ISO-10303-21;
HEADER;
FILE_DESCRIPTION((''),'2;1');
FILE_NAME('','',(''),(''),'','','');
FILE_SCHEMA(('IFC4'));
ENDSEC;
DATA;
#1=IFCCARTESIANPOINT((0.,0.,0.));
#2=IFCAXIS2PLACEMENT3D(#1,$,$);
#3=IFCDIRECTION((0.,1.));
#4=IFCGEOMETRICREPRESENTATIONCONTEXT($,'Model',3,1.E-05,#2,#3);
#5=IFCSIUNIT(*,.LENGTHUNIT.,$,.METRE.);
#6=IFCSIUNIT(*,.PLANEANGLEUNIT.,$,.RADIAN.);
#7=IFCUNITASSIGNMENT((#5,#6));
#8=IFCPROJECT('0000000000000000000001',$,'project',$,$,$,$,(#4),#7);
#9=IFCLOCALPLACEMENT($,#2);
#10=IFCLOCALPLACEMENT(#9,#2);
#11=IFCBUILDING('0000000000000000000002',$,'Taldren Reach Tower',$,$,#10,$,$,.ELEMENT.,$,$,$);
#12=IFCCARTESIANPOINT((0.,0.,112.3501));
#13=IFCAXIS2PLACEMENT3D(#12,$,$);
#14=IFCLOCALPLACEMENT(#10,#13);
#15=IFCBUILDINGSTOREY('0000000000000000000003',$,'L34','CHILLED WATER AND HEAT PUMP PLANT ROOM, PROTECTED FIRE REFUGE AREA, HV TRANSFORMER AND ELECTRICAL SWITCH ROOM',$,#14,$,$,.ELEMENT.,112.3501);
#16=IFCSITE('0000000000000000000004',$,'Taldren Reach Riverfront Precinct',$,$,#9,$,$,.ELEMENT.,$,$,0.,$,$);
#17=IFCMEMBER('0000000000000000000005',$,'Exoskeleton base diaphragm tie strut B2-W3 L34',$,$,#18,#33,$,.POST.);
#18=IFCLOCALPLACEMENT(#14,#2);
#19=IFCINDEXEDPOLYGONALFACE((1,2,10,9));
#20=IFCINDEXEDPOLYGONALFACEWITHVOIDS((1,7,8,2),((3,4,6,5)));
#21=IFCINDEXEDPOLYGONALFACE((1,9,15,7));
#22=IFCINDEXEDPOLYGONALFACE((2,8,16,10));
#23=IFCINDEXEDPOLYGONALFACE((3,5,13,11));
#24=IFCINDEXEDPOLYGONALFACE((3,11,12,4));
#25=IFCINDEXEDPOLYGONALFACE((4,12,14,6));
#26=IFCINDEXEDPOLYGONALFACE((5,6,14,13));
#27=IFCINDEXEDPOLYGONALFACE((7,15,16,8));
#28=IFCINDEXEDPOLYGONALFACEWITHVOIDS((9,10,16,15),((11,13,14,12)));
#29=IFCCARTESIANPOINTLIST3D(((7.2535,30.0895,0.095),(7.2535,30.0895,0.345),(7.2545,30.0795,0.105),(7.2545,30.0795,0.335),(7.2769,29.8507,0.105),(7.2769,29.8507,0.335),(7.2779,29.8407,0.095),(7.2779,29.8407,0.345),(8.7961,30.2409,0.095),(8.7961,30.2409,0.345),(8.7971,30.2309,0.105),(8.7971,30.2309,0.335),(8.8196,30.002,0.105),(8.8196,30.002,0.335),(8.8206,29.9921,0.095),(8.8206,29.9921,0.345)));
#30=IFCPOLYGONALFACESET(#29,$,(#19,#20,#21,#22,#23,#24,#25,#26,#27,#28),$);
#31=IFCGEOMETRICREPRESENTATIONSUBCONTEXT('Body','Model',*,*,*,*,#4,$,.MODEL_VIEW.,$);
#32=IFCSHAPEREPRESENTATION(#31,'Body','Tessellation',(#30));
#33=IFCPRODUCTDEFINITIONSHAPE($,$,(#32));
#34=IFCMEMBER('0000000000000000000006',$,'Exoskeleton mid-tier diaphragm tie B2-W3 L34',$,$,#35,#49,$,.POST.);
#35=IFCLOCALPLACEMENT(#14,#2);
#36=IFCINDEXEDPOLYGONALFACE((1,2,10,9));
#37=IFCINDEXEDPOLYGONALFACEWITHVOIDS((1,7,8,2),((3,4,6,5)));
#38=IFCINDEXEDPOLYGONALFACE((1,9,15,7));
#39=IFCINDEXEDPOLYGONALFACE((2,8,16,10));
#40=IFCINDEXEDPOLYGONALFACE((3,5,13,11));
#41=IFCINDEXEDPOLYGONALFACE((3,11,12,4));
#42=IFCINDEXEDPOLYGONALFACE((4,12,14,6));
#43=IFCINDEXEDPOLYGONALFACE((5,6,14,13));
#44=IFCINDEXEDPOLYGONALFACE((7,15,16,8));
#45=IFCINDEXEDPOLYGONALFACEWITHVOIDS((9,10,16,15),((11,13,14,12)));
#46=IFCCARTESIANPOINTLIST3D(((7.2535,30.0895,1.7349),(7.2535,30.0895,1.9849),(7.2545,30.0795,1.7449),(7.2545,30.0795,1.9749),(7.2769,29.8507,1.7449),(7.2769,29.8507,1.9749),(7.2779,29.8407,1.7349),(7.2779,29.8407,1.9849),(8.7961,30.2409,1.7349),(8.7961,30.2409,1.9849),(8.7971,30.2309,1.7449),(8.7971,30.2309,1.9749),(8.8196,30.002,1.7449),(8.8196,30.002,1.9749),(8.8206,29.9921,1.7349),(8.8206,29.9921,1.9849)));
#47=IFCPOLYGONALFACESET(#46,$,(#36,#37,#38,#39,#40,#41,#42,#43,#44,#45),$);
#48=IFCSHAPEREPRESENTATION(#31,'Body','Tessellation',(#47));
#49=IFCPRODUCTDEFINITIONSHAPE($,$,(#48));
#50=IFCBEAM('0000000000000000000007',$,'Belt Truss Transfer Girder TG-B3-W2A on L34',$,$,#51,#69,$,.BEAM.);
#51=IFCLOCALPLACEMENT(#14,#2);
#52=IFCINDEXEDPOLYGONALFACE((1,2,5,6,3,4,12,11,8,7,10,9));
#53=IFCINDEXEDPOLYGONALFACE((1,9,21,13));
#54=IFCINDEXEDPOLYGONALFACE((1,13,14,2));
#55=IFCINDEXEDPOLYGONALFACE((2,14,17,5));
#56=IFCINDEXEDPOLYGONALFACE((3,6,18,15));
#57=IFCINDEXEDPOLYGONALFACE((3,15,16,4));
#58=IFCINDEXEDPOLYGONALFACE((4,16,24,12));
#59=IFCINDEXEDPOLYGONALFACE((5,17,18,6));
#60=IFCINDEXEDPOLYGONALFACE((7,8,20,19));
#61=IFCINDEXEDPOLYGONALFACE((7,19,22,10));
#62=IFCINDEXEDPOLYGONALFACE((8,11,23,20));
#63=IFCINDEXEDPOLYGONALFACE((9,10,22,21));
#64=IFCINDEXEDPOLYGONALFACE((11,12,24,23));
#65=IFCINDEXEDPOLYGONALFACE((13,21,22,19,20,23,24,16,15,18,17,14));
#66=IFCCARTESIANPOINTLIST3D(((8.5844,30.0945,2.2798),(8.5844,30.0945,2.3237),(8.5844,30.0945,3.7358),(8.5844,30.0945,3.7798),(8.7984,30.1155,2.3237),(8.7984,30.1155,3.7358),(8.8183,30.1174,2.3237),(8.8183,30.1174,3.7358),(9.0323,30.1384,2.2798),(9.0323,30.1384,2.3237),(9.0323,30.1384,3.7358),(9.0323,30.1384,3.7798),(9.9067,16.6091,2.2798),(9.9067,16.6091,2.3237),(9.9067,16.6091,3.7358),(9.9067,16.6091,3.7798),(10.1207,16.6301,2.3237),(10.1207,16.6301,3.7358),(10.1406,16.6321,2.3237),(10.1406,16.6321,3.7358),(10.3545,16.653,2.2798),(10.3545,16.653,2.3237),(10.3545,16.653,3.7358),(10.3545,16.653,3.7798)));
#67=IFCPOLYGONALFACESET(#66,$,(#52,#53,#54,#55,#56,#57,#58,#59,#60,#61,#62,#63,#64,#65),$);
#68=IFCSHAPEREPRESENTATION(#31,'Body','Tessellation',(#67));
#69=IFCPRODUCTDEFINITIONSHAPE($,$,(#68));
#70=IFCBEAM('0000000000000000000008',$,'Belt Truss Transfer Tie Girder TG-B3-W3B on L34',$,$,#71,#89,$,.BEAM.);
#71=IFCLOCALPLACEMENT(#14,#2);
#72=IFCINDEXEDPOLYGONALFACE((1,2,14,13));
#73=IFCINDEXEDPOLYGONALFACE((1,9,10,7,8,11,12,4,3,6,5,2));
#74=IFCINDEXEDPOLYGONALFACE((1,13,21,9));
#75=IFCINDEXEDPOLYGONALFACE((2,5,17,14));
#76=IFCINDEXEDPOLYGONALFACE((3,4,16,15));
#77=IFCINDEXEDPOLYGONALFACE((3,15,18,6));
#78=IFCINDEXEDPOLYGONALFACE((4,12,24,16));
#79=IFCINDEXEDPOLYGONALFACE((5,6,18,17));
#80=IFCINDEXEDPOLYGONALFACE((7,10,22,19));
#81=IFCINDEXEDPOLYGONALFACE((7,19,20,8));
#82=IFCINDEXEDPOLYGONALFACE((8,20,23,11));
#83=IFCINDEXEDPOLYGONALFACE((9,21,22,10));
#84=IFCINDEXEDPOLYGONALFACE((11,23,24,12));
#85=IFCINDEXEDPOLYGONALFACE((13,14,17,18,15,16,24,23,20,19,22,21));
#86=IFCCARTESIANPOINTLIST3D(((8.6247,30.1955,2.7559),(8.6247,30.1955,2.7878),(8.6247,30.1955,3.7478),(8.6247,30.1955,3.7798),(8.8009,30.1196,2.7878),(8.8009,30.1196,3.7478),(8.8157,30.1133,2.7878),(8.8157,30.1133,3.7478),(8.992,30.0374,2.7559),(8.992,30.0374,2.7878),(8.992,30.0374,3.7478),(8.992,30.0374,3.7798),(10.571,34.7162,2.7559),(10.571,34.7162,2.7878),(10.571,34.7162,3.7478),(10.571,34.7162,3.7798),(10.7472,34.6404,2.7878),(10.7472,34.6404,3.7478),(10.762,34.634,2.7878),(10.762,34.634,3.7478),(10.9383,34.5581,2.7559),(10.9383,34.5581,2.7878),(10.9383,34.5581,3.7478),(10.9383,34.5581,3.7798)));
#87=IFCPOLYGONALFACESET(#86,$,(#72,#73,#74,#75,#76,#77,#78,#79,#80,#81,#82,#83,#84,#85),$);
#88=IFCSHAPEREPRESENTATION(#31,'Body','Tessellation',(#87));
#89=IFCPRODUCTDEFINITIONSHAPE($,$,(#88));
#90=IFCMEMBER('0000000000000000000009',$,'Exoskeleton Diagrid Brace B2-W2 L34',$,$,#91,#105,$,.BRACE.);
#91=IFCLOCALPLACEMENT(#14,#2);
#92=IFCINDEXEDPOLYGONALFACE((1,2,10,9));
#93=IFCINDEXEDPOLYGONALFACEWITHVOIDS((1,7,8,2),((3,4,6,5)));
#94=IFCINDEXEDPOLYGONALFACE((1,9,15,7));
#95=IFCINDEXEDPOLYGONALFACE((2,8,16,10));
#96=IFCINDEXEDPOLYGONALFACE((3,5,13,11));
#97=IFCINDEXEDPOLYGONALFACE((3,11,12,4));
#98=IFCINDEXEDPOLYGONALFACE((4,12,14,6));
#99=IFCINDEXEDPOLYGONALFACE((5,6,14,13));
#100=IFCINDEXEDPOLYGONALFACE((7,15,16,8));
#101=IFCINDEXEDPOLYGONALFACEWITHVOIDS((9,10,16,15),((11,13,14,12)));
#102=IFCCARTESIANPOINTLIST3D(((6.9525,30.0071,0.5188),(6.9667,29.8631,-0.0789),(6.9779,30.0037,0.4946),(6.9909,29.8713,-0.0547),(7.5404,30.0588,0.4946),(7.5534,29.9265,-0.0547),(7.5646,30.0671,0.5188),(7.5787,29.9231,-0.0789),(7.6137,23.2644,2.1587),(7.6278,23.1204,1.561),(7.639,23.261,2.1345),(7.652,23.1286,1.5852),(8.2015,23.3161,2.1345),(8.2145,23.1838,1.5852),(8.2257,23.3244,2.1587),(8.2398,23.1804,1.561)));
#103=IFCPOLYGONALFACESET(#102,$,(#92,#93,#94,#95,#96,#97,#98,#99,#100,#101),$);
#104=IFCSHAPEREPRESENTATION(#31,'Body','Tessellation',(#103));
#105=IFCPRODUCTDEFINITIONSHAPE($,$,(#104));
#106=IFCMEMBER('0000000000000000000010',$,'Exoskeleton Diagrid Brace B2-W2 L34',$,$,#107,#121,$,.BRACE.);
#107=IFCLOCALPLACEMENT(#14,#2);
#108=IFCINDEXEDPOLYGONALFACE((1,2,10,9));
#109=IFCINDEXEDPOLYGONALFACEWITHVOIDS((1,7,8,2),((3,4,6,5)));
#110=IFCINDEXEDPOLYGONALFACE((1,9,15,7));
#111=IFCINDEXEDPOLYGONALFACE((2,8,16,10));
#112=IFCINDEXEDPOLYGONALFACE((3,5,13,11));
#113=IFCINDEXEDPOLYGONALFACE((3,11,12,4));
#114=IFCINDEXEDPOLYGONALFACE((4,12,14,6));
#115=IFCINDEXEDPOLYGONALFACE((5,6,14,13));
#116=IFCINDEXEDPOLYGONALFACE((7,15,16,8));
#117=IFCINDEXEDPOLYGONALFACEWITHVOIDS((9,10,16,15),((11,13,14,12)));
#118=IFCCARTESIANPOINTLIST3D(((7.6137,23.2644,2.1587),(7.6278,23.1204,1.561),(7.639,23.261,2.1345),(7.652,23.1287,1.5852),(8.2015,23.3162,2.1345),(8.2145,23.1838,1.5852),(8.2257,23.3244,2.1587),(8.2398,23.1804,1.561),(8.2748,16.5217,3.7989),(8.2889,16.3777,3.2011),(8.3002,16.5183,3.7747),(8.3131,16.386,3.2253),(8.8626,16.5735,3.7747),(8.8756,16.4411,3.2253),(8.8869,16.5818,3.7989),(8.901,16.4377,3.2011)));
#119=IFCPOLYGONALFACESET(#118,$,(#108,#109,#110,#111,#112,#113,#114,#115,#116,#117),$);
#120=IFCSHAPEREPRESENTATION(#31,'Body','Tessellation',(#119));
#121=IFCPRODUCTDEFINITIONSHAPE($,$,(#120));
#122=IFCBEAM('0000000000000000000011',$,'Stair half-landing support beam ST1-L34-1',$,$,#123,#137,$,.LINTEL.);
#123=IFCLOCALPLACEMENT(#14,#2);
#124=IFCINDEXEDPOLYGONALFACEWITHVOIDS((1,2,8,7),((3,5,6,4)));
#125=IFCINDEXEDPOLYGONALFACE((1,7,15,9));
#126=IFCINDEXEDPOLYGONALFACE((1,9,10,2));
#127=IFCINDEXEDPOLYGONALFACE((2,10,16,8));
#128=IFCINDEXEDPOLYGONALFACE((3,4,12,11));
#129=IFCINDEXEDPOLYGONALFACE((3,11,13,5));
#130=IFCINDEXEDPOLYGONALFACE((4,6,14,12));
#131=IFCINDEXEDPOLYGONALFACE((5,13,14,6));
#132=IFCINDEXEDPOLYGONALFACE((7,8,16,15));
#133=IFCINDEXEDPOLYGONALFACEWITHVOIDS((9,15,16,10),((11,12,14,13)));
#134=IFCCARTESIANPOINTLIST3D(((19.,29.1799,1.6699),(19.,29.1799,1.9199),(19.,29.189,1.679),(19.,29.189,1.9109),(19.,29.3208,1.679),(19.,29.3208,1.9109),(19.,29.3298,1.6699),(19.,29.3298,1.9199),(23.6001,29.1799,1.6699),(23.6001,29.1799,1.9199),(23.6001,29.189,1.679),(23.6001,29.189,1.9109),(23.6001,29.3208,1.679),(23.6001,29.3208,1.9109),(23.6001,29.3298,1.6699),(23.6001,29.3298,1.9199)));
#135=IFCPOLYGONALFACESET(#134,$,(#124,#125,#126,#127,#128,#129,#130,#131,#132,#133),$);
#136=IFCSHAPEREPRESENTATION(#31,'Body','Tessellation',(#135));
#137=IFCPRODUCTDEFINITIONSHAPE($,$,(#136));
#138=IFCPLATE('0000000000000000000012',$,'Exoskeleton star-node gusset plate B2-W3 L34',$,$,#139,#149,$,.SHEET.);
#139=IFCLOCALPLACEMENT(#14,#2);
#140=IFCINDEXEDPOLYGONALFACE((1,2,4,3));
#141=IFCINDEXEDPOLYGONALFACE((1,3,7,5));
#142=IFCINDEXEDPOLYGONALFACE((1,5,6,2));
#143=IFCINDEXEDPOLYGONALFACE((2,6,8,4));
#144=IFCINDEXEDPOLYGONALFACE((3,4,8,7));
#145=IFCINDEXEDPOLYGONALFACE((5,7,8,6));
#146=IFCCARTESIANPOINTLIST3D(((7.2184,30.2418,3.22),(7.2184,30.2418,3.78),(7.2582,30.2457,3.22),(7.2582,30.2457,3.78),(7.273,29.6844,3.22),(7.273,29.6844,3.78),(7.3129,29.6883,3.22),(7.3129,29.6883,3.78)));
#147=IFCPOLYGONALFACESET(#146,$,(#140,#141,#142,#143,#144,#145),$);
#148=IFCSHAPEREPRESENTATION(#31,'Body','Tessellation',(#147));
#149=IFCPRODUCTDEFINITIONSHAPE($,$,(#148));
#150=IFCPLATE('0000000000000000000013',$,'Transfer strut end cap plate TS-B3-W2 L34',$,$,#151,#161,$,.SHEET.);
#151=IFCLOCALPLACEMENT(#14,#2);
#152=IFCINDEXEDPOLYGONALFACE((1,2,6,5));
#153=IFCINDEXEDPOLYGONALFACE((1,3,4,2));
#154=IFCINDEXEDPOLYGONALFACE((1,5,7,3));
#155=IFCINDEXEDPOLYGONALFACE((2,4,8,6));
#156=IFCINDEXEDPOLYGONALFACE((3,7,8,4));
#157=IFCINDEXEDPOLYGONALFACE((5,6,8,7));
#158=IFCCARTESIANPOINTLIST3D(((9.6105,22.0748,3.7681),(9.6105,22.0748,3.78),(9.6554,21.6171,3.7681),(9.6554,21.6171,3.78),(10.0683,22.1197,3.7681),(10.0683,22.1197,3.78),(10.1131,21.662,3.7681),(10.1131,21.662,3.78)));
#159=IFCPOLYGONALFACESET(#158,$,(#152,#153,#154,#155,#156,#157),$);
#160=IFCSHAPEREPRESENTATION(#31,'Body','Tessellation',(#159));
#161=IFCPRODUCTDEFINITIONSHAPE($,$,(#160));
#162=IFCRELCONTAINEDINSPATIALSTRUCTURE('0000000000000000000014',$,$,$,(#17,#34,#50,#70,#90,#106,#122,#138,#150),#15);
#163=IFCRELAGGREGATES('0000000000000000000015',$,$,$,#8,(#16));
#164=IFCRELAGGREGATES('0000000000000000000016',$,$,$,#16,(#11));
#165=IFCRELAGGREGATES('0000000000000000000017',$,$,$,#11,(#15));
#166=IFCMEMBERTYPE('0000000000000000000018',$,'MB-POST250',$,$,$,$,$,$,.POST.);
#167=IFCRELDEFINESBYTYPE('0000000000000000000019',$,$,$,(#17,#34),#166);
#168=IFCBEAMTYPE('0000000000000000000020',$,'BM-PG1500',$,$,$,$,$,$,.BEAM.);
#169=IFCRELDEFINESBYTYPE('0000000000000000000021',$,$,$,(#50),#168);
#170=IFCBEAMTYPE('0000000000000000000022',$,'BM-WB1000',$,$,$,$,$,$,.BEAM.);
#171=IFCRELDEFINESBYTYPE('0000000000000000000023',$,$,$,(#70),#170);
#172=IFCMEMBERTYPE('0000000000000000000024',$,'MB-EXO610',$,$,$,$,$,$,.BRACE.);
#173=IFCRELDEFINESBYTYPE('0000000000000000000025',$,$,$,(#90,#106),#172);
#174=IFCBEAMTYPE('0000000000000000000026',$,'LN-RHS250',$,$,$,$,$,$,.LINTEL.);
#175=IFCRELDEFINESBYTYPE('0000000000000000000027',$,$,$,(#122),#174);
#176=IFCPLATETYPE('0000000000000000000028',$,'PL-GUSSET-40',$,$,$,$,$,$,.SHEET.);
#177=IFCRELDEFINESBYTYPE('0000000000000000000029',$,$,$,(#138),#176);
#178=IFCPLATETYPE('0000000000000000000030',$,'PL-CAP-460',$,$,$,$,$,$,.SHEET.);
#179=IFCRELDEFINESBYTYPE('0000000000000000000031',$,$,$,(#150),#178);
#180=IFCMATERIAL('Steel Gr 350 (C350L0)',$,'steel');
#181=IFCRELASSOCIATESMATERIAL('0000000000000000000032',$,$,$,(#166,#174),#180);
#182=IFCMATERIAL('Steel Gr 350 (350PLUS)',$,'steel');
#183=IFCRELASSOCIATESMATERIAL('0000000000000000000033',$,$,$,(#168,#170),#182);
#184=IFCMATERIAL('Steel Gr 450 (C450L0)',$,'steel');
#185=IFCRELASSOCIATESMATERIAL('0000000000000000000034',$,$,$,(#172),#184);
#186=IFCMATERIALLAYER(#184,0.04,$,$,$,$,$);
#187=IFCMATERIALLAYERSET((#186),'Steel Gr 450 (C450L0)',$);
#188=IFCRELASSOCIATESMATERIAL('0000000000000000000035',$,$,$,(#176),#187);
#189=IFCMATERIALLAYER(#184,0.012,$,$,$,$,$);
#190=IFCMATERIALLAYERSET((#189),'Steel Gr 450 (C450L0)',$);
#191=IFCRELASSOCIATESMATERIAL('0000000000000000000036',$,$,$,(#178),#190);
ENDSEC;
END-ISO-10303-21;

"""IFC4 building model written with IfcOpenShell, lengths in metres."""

from ifc_helpers import new_model, si_unit, direction, frame, origin, origin_2d, place, context, subcontext, project, spatial, rectangle, hollow_rectangle, i_section, extrude, source, transform, mapped, material, layer, layer_set, material_profile, profile_set, type_object, element, save


model = new_model("IFC4")

# Units and contexts
model_context = context("Model", 3, precision=1e-05, world=origin(), true_north=direction((0.0, 1.0)))
body_context = subcontext(model_context, "Body", "Model", "MODEL_VIEW")
ifc_project = project(units=[si_unit("LENGTHUNIT", "METRE"), si_unit("PLANEANGLEUNIT", "RADIAN")], contexts=[model_context])

# Site, building, storey
site_placement = place(None, origin())
site = spatial("IfcSite", under=ifc_project, at=site_placement, Name="Taldren Reach Riverfront Precinct", CompositionType="ELEMENT", RefElevation=0.0)
building_placement = place(site_placement, origin())
building = spatial("IfcBuilding", under=site, at=building_placement, Name="Taldren Reach Tower", CompositionType="ELEMENT")
storey_placement = place(building_placement, frame((0.0, 0.0, 112.3501)))
storey = spatial("IfcBuildingStorey", under=building, at=storey_placement, Name="L34", Description="CHILLED WATER AND HEAT PUMP PLANT ROOM, PROTECTED FIRE REFUGE AREA, HV TRANSFORMER AND ELECTRICAL SWITCH ROOM", CompositionType="ELEMENT", Elevation=112.3501)

# Shared definitions
ifc_material_1 = material(Name="Steel Gr 350 (350PLUS)", Category="steel")

# Members
ifc_material_2 = material(Name="Steel Gr 350 (C350L0)", Category="steel")
ifc_material_profile_1 = material_profile(ifc_material_2, hollow_rectangle(XDim=0.25, YDim=0.25, WallThickness=0.01, at=origin_2d()), Name="250x250x10.0SHS")
ifc_profile_set_1 = profile_set([ifc_material_profile_1], Name="Steel Gr 350 (C350L0)")
member_type_1 = type_object("IfcMemberType", Name="MB-POST250", PredefinedType="POST", material=ifc_profile_set_1)
ifc_material_3 = material(Name="Steel Gr 450 (C450L0)", Category="steel")
shared_shape_1 = source(origin(), body_context, "Body", "SweptSolid", [
    extrude(hollow_rectangle(XDim=0.25, YDim=0.25, WallThickness=0.01, at=origin_2d()), origin(), (0.0, 0.0, 1.0), 1.55),
])
for number, where, z_axis, x_axis, name in (
    (1, (8.8083, 30.1165, 0.22), (-0.995221, -0.097648, 0.0), (0.097648, -0.995221, 0.0), "Exoskeleton base diaphragm tie strut B2-W3 L34"),
    (2, (8.8083, 30.1165, 1.8599), (-0.995221, -0.097648, 0.0), (0.097648, -0.995221, 0.0), "Exoskeleton mid-tier diaphragm tie B2-W3 L34"),
):
    element("IfcMember", number, at=place(storey_placement, frame(where, z_axis=z_axis, x_axis=x_axis)), inside=storey, type_object=member_type_1, Name=name, PredefinedType="POST", context=body_context, shape_type="MappedRepresentation", body=[
        mapped(shared_shape_1, transform((0.0, 0.0, 0.0), scale=1.0)),
    ])

# Beams
ifc_material_profile_2 = material_profile(ifc_material_1, i_section(OverallWidth=0.45, OverallDepth=1.5, WebThickness=0.02, FlangeThickness=0.0439, at=origin_2d()), Name="1500WB550")
ifc_profile_set_2 = profile_set([ifc_material_profile_2], Name="Steel Gr 350 (350PLUS)")
beam_type_1 = type_object("IfcBeamType", Name="BM-PG1500", PredefinedType="BEAM", material=ifc_profile_set_2)
shared_shape_2 = source(origin(), body_context, "Body", "SweptSolid", [
    extrude(i_section(OverallWidth=0.45, OverallDepth=1.5, WebThickness=0.02, FlangeThickness=0.0439, at=origin_2d()), origin(), (0.0, 0.0, 1.0), 13.55),
])
beam_1_placement = place(storey_placement, frame((8.8083, 30.1165, 3.0298), z_axis=(0.097584, -0.995227, 0.0), x_axis=(0.995227, 0.097584, 0.0)))
element("IfcBeam", 3, at=beam_1_placement, inside=storey, type_object=beam_type_1, Name="Belt Truss Transfer Girder TG-B3-W2A on L34", PredefinedType="BEAM", context=body_context, shape_type="MappedRepresentation", body=[
    mapped(shared_shape_2, transform((0.0, 0.0, 0.0), scale=1.0)),
])
ifc_material_profile_3 = material_profile(ifc_material_1, i_section(OverallWidth=0.3999, OverallDepth=1.0239, WebThickness=0.0161, FlangeThickness=0.032, at=origin_2d()), Name="1000WB322")
ifc_profile_set_3 = profile_set([ifc_material_profile_3], Name="Steel Gr 350 (350PLUS)")
beam_type_2 = type_object("IfcBeamType", Name="BM-WB1000", PredefinedType="BEAM", material=ifc_profile_set_3)
shared_shape_3 = source(origin(), body_context, "Body", "SweptSolid", [
    extrude(i_section(OverallWidth=0.3999, OverallDepth=1.0239, WebThickness=0.0161, FlangeThickness=0.032, at=origin_2d()), origin(), (0.0, 0.0, 1.0), 4.9219),
])
beam_2_placement = place(storey_placement, frame((8.8083, 30.1165, 3.2678), z_axis=(0.395433, 0.918495, 0.0), x_axis=(-0.918495, 0.395433, 0.0)))
element("IfcBeam", 4, at=beam_2_placement, inside=storey, type_object=beam_type_2, Name="Belt Truss Transfer Tie Girder TG-B3-W3B on L34", PredefinedType="BEAM", context=body_context, shape_type="MappedRepresentation", body=[
    mapped(shared_shape_3, transform((0.0, 0.0, 0.0), scale=1.0)),
])

# Members
ifc_material_profile_4 = material_profile(ifc_material_3, hollow_rectangle(XDim=0.615, YDim=0.615, WallThickness=0.0249, at=origin_2d()), Name="615x615x25.0SHS")
ifc_profile_set_4 = profile_set([ifc_material_profile_4], Name="Steel Gr 450 (C450L0)")
member_type_2 = type_object("IfcMemberType", Name="MB-EXO610", PredefinedType="BRACE", material=ifc_profile_set_4)
shared_shape_4 = source(origin(), body_context, "Body", "SweptSolid", [
    extrude(hollow_rectangle(XDim=0.615, YDim=0.615, WallThickness=0.0249, at=origin_2d()), origin(), (0.0, 0.0, 1.0), 6.9707),
])
for number, where, z_axis, x_axis, name in (
    (5, (7.2656, 29.9651, 0.22), (0.094845, -0.967295, 0.235257), (0.995227, 0.097584, 0.0), "Exoskeleton Diagrid Brace B2-W2 L34"),
    (6, (7.9268, 23.2224, 1.8599), (0.094844, -0.967287, 0.23529), (0.995227, 0.097584, 0.0), "Exoskeleton Diagrid Brace B2-W2 L34"),
):
    element("IfcMember", number, at=place(storey_placement, frame(where, z_axis=z_axis, x_axis=x_axis)), inside=storey, type_object=member_type_2, Name=name, PredefinedType="BRACE", context=body_context, shape_type="MappedRepresentation", body=[
        mapped(shared_shape_4, transform((0.0, 0.0, 0.0), scale=1.0)),
    ])

# Beam
ifc_material_profile_5 = material_profile(ifc_material_2, hollow_rectangle(XDim=0.1499, YDim=0.25, WallThickness=0.009, at=origin_2d()), Name="250x150x9.0RHS")
ifc_profile_set_5 = profile_set([ifc_material_profile_5], Name="Steel Gr 350 (C350L0)")
beam_type_3 = type_object("IfcBeamType", Name="LN-RHS250", PredefinedType="LINTEL", material=ifc_profile_set_5)
shared_shape_5 = source(origin(), body_context, "Body", "SweptSolid", [
    extrude(hollow_rectangle(XDim=0.1499, YDim=0.25, WallThickness=0.009, at=origin_2d()), origin(), (0.0, 0.0, 1.0), 4.6001),
])
beam_3_placement = place(storey_placement, frame((19.0, 29.2549, 1.7949), z_axis=(1.0, 0.0, 0.0), x_axis=(0.0, 1.0, 0.0)))
element("IfcBeam", 7, at=beam_3_placement, inside=storey, type_object=beam_type_3, Name="Stair half-landing support beam ST1-L34-1", PredefinedType="LINTEL", context=body_context, shape_type="MappedRepresentation", body=[
    mapped(shared_shape_5, transform((0.0, 0.0, 0.0), scale=1.0)),
])

# Plates
ifc_layer_1 = layer(ifc_material_3, 0.04)
ifc_layer_set_1 = layer_set([ifc_layer_1], Name="Steel Gr 450 (C450L0)")
plate_type_1 = type_object("IfcPlateType", Name="PL-GUSSET-40", PredefinedType="SHEET", material=ifc_layer_set_1)
shared_shape_6 = source(origin(), body_context, "Body", "SweptSolid", [
    extrude(rectangle(XDim=0.5601, YDim=0.04, at=origin_2d()), origin(), (0.0, 0.0, 1.0), 0.5601),
])
plate_1_placement = place(storey_placement, frame((7.2656, 29.9651, 3.22), z_axis=(0.0, 0.0, 1.0), x_axis=(-0.097583, 0.995227, 0.0)))
element("IfcPlate", 8, at=plate_1_placement, inside=storey, type_object=plate_type_1, Name="Exoskeleton star-node gusset plate B2-W3 L34", PredefinedType="SHEET", context=body_context, shape_type="MappedRepresentation", body=[
    mapped(shared_shape_6, transform((0.0, 0.0, 0.0), scale=1.0)),
])
ifc_layer_2 = layer(ifc_material_3, 0.012)
ifc_layer_set_2 = layer_set([ifc_layer_2], Name="Steel Gr 450 (C450L0)")
plate_type_2 = type_object("IfcPlateType", Name="PL-CAP-460", PredefinedType="SHEET", material=ifc_layer_set_2)
shared_shape_7 = source(origin(), body_context, "Body", "SweptSolid", [
    extrude(rectangle(XDim=0.46, YDim=0.46, at=origin_2d()), origin(), (0.0, 0.0, 1.0), 0.012),
])
plate_2_placement = place(storey_placement, frame((9.8618, 21.8684, 3.7681), z_axis=(0.0, 0.0, 1.0), x_axis=(0.995227, 0.097583, 0.0)))
element("IfcPlate", 9, at=plate_2_placement, inside=storey, type_object=plate_type_2, Name="Transfer strut end cap plate TS-B3-W2 L34", PredefinedType="SHEET", context=body_context, shape_type="MappedRepresentation", body=[
    mapped(shared_shape_7, transform((0.0, 0.0, 0.0), scale=1.0)),
])

save(model, "model.ifc")
